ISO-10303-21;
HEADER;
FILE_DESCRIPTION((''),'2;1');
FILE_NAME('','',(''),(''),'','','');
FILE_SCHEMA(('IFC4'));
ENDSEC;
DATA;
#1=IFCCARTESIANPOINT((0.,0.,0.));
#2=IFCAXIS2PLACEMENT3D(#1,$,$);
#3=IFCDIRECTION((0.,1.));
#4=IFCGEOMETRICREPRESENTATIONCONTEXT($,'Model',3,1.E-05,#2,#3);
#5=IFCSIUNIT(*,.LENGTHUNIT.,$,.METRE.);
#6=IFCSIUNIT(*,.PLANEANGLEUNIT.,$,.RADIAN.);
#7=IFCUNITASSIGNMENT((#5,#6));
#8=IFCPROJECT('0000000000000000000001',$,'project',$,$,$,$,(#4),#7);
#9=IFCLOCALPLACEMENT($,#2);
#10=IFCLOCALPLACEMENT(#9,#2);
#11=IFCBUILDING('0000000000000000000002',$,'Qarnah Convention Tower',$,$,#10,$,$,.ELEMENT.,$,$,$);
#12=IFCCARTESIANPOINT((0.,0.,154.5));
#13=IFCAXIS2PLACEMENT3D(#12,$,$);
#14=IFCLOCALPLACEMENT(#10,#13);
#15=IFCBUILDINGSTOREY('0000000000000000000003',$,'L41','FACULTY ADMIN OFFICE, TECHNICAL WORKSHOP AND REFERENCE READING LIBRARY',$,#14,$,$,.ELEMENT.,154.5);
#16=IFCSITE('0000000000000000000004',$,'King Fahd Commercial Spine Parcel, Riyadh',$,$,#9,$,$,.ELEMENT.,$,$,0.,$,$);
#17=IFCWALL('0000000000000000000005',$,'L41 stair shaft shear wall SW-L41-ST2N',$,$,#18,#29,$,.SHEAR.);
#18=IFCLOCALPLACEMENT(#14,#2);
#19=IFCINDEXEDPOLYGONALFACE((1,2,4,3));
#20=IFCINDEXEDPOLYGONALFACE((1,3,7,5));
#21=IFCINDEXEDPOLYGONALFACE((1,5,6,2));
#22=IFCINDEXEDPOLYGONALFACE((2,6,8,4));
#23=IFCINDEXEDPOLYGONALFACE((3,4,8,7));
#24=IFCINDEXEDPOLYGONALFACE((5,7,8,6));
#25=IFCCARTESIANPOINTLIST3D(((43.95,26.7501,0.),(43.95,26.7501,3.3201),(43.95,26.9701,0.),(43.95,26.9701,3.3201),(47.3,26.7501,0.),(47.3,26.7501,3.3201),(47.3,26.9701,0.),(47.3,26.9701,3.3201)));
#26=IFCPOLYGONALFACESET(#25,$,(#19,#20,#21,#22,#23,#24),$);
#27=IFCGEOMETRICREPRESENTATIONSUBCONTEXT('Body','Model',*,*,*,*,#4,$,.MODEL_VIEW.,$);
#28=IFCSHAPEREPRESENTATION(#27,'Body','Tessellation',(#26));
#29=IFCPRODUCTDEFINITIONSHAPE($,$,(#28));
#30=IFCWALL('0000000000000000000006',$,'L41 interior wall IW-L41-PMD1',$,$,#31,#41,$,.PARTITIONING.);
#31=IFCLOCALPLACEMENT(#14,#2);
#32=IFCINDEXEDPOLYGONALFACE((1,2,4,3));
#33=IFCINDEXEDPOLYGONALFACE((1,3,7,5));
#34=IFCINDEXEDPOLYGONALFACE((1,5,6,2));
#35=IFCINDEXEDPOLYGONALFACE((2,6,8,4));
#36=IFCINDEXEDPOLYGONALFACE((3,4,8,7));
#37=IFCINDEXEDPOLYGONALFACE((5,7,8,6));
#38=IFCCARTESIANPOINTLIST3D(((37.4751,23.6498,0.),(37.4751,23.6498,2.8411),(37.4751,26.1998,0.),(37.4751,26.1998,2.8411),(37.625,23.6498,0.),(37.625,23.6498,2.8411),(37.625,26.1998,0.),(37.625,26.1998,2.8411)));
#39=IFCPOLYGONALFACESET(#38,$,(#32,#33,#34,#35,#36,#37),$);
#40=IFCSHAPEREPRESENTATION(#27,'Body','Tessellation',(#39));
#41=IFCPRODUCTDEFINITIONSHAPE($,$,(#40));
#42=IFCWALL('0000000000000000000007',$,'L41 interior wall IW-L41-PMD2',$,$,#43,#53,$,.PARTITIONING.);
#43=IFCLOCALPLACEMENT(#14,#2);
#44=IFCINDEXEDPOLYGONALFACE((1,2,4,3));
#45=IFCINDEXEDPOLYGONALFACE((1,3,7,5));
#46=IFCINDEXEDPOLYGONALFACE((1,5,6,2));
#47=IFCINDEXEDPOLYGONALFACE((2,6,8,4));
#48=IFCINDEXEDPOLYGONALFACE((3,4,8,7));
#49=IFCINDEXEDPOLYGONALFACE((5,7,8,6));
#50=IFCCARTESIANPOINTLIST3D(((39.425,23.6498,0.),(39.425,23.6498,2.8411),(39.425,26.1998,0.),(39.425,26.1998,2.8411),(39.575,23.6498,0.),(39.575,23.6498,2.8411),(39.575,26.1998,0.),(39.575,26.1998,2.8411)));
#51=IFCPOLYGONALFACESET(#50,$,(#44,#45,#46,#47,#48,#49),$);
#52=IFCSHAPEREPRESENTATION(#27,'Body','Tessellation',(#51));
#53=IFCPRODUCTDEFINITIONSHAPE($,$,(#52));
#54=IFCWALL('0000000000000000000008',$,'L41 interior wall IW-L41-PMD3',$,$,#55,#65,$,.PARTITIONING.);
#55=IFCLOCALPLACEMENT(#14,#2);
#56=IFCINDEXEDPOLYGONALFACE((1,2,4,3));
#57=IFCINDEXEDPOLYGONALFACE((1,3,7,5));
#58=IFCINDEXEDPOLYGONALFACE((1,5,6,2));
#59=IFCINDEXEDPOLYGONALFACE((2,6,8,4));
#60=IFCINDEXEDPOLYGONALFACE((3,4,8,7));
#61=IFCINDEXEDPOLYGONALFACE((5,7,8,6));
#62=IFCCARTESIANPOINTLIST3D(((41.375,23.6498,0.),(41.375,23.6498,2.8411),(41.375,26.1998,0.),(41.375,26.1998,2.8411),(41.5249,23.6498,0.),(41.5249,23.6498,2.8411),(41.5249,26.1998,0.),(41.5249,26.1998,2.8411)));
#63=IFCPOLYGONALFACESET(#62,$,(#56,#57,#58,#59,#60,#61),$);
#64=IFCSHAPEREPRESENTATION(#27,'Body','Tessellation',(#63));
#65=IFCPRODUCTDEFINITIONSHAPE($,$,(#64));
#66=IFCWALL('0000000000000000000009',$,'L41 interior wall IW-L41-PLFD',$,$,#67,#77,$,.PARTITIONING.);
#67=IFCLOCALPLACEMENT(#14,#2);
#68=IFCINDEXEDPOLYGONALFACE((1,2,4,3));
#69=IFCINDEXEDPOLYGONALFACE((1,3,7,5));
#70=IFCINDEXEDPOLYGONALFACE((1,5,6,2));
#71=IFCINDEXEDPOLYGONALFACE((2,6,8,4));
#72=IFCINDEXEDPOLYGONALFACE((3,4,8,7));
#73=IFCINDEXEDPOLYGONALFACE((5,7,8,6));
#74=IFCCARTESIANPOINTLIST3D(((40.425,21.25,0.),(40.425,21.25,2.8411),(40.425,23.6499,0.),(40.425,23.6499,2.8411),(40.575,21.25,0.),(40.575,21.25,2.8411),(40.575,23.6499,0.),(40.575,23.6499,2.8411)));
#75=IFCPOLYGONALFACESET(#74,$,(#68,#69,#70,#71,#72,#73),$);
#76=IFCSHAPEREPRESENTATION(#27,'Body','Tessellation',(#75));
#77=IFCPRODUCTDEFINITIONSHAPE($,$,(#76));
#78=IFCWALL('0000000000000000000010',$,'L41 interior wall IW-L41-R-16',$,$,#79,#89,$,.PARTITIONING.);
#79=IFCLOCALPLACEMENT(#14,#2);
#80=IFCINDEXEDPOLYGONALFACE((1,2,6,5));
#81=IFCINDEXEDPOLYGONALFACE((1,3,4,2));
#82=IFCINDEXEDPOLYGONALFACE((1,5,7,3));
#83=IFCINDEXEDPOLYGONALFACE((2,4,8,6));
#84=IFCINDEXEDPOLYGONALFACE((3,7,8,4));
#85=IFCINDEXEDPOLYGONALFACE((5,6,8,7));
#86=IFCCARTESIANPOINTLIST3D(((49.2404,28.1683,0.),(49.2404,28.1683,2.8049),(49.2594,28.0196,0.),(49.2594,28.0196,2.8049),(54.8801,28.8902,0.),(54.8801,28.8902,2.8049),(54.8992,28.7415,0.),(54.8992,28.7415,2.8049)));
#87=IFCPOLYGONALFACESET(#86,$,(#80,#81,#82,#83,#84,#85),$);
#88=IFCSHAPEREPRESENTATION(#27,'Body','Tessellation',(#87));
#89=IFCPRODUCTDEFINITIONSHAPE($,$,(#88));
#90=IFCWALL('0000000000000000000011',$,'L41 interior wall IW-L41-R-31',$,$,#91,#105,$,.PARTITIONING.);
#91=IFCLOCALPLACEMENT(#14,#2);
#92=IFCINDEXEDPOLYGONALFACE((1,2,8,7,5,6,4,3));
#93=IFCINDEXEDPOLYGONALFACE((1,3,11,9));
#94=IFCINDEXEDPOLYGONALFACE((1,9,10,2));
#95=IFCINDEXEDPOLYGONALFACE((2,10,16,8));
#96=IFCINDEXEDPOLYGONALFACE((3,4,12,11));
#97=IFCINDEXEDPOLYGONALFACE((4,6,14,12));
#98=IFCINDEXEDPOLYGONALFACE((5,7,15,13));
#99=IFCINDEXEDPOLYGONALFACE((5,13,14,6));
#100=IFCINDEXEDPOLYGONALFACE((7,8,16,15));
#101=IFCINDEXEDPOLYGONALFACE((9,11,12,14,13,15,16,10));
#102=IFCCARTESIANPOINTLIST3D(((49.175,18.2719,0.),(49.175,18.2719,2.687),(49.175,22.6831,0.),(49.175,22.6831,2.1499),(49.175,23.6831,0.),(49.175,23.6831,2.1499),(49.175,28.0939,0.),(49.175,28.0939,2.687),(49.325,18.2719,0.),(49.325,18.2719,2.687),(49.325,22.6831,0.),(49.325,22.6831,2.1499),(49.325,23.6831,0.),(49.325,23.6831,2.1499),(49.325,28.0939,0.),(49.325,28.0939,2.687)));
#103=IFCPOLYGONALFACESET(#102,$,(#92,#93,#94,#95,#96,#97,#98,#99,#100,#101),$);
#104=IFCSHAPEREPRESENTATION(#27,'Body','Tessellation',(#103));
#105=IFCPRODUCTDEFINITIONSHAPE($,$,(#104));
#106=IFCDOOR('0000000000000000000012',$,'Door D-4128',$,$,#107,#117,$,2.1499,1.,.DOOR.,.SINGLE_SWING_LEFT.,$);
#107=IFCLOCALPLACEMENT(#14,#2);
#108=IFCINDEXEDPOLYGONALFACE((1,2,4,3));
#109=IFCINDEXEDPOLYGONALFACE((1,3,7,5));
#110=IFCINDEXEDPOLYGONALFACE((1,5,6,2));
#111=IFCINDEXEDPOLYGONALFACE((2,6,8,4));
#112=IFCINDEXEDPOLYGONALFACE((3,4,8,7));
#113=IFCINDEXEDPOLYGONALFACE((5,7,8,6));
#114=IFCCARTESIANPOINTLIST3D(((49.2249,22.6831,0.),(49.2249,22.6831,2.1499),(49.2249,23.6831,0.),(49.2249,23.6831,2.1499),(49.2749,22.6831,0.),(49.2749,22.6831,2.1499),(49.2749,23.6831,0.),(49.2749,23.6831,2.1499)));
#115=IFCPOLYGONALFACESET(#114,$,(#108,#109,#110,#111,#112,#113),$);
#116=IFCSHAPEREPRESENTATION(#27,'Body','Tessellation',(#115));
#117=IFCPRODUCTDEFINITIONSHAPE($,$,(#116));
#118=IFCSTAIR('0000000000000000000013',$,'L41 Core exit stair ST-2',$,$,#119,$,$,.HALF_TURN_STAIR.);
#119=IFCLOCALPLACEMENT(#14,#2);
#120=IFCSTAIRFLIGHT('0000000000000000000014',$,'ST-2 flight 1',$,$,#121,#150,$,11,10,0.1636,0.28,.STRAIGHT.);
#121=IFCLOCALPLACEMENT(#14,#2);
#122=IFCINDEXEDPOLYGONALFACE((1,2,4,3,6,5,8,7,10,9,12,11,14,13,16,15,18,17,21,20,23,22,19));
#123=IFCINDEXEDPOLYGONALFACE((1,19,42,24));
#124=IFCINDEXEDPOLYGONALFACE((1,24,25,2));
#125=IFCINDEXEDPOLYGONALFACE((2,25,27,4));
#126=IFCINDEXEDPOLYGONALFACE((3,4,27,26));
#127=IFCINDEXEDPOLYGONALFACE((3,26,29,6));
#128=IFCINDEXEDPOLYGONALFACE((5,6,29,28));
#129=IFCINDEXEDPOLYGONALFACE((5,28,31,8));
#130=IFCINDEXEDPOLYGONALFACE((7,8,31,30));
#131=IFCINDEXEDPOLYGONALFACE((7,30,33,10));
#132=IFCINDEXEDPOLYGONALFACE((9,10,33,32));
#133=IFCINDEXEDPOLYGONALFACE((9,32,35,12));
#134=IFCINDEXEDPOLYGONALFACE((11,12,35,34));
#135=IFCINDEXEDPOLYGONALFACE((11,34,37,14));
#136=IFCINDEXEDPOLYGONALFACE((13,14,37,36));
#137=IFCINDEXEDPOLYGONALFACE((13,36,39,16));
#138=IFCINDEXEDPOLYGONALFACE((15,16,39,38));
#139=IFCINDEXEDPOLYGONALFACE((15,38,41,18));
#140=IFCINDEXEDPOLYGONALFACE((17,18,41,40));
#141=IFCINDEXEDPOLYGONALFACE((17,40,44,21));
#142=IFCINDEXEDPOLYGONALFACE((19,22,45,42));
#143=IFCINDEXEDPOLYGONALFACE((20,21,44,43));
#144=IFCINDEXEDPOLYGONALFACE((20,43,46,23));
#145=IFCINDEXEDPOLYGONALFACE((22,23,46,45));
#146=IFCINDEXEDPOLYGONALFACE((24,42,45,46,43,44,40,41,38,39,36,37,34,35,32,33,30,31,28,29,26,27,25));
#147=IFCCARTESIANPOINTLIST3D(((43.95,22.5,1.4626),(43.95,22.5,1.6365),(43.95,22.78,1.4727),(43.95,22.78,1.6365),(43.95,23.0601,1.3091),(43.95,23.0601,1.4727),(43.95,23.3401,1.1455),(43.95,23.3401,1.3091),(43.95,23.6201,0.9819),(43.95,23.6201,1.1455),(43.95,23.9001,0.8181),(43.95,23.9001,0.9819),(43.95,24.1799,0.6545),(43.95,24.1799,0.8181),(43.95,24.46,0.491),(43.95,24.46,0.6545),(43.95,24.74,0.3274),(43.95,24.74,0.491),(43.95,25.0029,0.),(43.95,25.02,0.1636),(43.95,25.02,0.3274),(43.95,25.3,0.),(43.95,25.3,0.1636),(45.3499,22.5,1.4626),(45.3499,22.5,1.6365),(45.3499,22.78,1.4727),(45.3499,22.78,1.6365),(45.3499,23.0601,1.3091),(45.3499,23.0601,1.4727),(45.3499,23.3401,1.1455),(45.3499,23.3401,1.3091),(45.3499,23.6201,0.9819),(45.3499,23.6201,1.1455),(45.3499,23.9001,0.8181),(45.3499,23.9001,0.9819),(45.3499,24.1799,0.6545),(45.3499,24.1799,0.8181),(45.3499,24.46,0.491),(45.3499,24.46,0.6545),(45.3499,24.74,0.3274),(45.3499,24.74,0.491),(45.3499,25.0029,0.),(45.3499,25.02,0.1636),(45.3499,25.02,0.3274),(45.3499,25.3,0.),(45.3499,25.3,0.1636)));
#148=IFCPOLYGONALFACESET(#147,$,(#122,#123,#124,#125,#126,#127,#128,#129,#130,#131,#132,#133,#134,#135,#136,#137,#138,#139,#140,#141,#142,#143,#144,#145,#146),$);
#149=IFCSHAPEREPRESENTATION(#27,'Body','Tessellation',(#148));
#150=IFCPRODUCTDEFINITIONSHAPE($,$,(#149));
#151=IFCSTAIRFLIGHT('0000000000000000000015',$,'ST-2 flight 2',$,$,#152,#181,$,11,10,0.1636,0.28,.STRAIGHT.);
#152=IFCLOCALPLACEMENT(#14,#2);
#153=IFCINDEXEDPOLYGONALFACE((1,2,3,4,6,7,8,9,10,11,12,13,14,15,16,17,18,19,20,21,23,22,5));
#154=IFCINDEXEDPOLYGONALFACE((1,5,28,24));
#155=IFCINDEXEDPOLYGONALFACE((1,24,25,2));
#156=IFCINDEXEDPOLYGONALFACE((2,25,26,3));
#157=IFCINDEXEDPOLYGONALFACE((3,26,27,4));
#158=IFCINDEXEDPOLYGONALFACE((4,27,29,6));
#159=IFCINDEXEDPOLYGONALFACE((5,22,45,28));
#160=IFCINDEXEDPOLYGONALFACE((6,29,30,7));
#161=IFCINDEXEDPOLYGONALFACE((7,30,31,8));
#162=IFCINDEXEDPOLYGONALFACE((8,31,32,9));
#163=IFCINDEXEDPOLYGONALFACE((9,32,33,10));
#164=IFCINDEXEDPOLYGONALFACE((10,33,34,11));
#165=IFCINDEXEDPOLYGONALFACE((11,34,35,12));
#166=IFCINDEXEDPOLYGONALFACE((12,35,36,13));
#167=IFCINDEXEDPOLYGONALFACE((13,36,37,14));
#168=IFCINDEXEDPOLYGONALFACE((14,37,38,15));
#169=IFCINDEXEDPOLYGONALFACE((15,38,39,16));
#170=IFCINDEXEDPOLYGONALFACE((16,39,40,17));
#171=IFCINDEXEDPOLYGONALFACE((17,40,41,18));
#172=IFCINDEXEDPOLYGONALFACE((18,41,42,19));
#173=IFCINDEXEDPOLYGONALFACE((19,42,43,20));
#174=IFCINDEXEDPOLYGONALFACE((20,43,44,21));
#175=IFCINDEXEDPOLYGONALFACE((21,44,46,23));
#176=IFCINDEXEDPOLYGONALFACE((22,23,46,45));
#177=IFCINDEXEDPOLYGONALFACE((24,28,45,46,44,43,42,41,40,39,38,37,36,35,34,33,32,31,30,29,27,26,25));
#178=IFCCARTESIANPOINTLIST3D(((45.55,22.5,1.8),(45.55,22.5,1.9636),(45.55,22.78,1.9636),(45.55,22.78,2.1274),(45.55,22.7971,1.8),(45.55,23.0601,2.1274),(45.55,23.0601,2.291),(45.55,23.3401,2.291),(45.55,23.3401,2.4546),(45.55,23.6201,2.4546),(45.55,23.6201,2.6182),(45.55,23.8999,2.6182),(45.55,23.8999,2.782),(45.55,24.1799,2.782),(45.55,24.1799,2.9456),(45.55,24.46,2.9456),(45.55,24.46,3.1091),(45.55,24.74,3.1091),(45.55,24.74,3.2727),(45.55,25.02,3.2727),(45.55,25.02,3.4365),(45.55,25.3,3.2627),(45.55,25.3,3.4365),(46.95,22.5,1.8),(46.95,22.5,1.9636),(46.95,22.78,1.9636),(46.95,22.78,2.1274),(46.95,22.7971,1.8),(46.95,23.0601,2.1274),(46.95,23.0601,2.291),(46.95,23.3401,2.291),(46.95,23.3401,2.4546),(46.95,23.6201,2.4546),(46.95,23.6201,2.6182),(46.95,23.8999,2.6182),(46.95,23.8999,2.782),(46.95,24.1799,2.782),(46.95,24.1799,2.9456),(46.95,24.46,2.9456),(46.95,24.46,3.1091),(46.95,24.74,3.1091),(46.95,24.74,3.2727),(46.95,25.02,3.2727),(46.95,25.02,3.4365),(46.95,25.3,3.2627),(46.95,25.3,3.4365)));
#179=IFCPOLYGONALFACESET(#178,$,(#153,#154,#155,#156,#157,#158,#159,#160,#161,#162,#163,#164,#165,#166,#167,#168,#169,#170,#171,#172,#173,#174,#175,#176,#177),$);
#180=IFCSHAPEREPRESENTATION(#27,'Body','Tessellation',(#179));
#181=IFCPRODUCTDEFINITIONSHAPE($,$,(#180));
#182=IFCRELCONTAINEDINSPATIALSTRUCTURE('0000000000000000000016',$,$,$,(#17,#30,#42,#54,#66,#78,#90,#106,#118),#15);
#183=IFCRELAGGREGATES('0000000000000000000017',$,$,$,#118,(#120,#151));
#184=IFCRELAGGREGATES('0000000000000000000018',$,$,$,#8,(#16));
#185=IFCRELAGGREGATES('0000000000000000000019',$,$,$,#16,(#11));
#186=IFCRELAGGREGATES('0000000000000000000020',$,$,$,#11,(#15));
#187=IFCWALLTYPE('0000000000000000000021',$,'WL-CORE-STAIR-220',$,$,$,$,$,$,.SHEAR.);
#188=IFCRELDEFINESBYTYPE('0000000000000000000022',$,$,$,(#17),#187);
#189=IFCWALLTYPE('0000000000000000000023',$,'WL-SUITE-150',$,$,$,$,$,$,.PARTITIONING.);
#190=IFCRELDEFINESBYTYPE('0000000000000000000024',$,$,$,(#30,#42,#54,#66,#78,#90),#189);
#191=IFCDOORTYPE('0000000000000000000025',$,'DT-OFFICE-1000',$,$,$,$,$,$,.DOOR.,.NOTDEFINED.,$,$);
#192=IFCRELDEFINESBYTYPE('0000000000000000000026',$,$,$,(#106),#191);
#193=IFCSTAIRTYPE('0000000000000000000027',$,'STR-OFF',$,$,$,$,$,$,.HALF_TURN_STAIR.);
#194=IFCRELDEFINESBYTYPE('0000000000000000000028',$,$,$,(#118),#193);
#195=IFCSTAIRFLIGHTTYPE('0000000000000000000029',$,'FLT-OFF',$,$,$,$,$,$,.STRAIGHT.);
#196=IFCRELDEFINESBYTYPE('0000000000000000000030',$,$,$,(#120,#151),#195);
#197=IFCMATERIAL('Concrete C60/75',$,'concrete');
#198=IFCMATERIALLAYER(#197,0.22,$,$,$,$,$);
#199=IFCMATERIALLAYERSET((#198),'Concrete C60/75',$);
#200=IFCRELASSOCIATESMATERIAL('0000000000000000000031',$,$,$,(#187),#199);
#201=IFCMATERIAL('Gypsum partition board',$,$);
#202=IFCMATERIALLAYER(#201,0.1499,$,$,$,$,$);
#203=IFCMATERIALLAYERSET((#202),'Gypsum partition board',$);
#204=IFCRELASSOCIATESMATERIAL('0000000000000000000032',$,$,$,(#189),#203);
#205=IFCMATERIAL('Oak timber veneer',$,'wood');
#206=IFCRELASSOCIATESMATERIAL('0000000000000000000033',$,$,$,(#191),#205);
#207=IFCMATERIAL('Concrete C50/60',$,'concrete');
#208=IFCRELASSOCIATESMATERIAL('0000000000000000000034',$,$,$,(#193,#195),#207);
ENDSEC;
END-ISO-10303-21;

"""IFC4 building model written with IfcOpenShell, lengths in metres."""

from ifc_helpers import new_model, si_unit, direction, frame, frame_2d, origin, place, context, subcontext, project, spatial, polyline, rectangle, outline, extrude, material, layer, layer_set, type_object, element, fill, aggregate, save


model = new_model("IFC4")

# Units and contexts
model_context = context("Model", 3, precision=1e-05, world=origin(), true_north=direction((0.0, 1.0)))
body_context = subcontext(model_context, "Body", "Model", "MODEL_VIEW")
ifc_project = project(units=[si_unit("LENGTHUNIT", "METRE"), si_unit("PLANEANGLEUNIT", "RADIAN")], contexts=[model_context])

# Site, building, storey
site_placement = place(None, origin())
site = spatial("IfcSite", under=ifc_project, at=site_placement, Name="King Fahd Commercial Spine Parcel, Riyadh", CompositionType="ELEMENT", RefElevation=0.0)
building_placement = place(site_placement, origin())
building = spatial("IfcBuilding", under=site, at=building_placement, Name="Qarnah Convention Tower", CompositionType="ELEMENT")
storey_placement = place(building_placement, frame((0.0, 0.0, 154.5)))
storey = spatial("IfcBuildingStorey", under=building, at=storey_placement, Name="L41", Description="FACULTY ADMIN OFFICE, TECHNICAL WORKSHOP AND REFERENCE READING LIBRARY", CompositionType="ELEMENT", Elevation=154.5)

# Shared definitions
ifc_material_1 = material(Name="Concrete C60/75", Category="concrete")

# Walls
ifc_layer_1 = layer(ifc_material_1, 0.22)
ifc_layer_set_1 = layer_set([ifc_layer_1], Name="Concrete C60/75")
wall_type_1 = type_object("IfcWallType", Name="WL-CORE-STAIR-220", PredefinedType="SHEAR", material=ifc_layer_set_1)
wall_1_placement = place(storey_placement, frame((43.95, 26.8601, 0.0), z_axis=(0.0, 0.0, 1.0), x_axis=(1.0, 0.0, 0.0)))
element("IfcWall", 1, at=wall_1_placement, inside=storey, type_object=wall_type_1, Name="L41 stair shaft shear wall SW-L41-ST2N", PredefinedType="SHEAR", context=body_context, shape_type="SweptSolid", body=[
    extrude(rectangle(XDim=3.3501, YDim=0.22, at=frame_2d((1.675, 0.0))), origin(), (0.0, 0.0, 1.0), 3.3201),
])
ifc_material_2 = material(Name="Gypsum partition board")
ifc_layer_2 = layer(ifc_material_2, 0.1499)
ifc_layer_set_2 = layer_set([ifc_layer_2], Name="Gypsum partition board")
wall_type_2 = type_object("IfcWallType", Name="WL-SUITE-150", PredefinedType="PARTITIONING", material=ifc_layer_set_2)
for number, where, z_axis, x_axis, name in (
    (2, (37.55, 23.6499, 0.0), (0.0, 0.0, 1.0), (0.0, 1.0, 0.0), "L41 interior wall IW-L41-PMD1"),
    (3, (39.5, 23.6499, 0.0), (0.0, 0.0, 1.0), (0.0, 1.0, 0.0), "L41 interior wall IW-L41-PMD2"),
    (4, (41.45, 23.6499, 0.0), (0.0, 0.0, 1.0), (0.0, 1.0, 0.0), "L41 interior wall IW-L41-PMD3"),
):
    element("IfcWall", number, at=place(storey_placement, frame(where, z_axis=z_axis, x_axis=x_axis)), inside=storey, type_object=wall_type_2, Name=name, PredefinedType="PARTITIONING", context=body_context, shape_type="SweptSolid", body=[
        extrude(rectangle(XDim=2.55, YDim=0.1499, at=frame_2d((1.2749, 0.0))), origin(), (0.0, 0.0, 1.0), 2.8411),
    ])
wall_2_placement = place(storey_placement, frame((40.5, 21.25, 0.0), z_axis=(0.0, 0.0, 1.0), x_axis=(0.0, 1.0, 0.0)))
element("IfcWall", 5, at=wall_2_placement, inside=storey, type_object=wall_type_2, Name="L41 interior wall IW-L41-PLFD", PredefinedType="PARTITIONING", context=body_context, shape_type="SweptSolid", body=[
    extrude(rectangle(XDim=2.3999, YDim=0.1499, at=frame_2d((1.2, 0.0))), origin(), (0.0, 0.0, 1.0), 2.8411),
])
wall_3_placement = place(storey_placement, frame((49.25, 28.094, 0.0), z_axis=(0.0, 0.0, 1.0), x_axis=(0.991907, 0.126967, 0.0)))
element("IfcWall", 6, at=wall_3_placement, inside=storey, type_object=wall_type_2, Name="L41 interior wall IW-L41-R-16", PredefinedType="PARTITIONING", context=body_context, shape_type="SweptSolid", body=[
    extrude(rectangle(XDim=5.6858, YDim=0.1499, at=frame_2d((2.8428, 0.0))), origin(), (0.0, 0.0, 1.0), 2.8049),
])

# Wall, opening, door
wall_4_placement = place(storey_placement, frame((49.25, 28.094, 0.0), z_axis=(0.0, 0.0, 1.0), x_axis=(0.0, -1.0, 0.0)))
wall_4 = element("IfcWall", 7, at=wall_4_placement, inside=storey, type_object=wall_type_2, Name="L41 interior wall IW-L41-R-31", PredefinedType="PARTITIONING", context=body_context, shape_type="SweptSolid", body=[
    extrude(rectangle(XDim=9.822, YDim=0.1499, at=frame_2d((4.9111, 0.0))), origin(), (0.0, 0.0, 1.0), 2.687),
])
opening_placement = place(wall_4_placement, frame((4.4109, 0.0, 0.0)))
opening = element("IfcOpeningElement", 8, at=opening_placement, cuts=wall_4, PredefinedType="OPENING", context=body_context, shape_type="SweptSolid", body=[
    extrude(rectangle(XDim=1.0, YDim=2.1499, at=frame_2d((0.5, 1.075))), frame((0.0, 0.085, 0.0), z_axis=(0.0, -1.0, 0.0), x_axis=(1.0, 0.0, 0.0)), (0.0, 0.0, 1.0), 0.1699),
])
ifc_material_3 = material(Name="Oak timber veneer", Category="wood")
door_type = type_object("IfcDoorType", Name="DT-OFFICE-1000", OperationType="NOTDEFINED", PredefinedType="DOOR", material=ifc_material_3)
door_placement = place(opening_placement, origin())
door = element("IfcDoor", 9, at=door_placement, inside=storey, type_object=door_type, Name="Door D-4128", OperationType="SINGLE_SWING_LEFT", OverallHeight=2.1499, OverallWidth=1.0, PredefinedType="DOOR", context=body_context, shape_type="SweptSolid", body=[
    extrude(rectangle(XDim=1.0, YDim=2.1499, at=frame_2d((0.5, 1.075))), frame((0.0, 0.0249, 0.0), z_axis=(0.0, -1.0, 0.0), x_axis=(1.0, 0.0, 0.0)), (0.0, 0.0, 1.0), 0.05),
])
fill(opening, door)

# Stair, stair flights
ifc_material_4 = material(Name="Concrete C50/60", Category="concrete")
stair_type = type_object("IfcStairType", Name="STR-OFF", PredefinedType="HALF_TURN_STAIR", material=ifc_material_4)
stair_placement = place(storey_placement, origin())
stair = element("IfcStair", 10, at=stair_placement, inside=storey, type_object=stair_type, Name="L41 Core exit stair ST-2", PredefinedType="HALF_TURN_STAIR")
stair_flight_type = type_object("IfcStairFlightType", Name="FLT-OFF", PredefinedType="STRAIGHT", material=ifc_material_4)
stair_flight_1_placement = place(storey_placement, frame((44.6499, 25.3, 0.0), z_axis=(0.0, 0.0, 1.0), x_axis=(0.0, -1.0, 0.0)))
stair_flight_1 = element("IfcStairFlight", 11, at=stair_flight_1_placement, type_object=stair_flight_type, Name="ST-2 flight 1", NumberOfRisers=11, NumberOfTreads=10, PredefinedType="STRAIGHT", RiserHeight=0.1636, TreadLength=0.28, context=body_context, shape_type="SweptSolid", body=[
    extrude(outline(polyline([(0.0, 0.0), (0.0, 0.1636), (0.28, 0.1636), (0.28, 0.3274), (0.5601, 0.3274), (0.5601, 0.491), (0.8401, 0.491), (0.8401, 0.6545), (1.1201, 0.6545), (1.1201, 0.8181), (1.3999, 0.8181), (1.3999, 0.9819), (1.6799, 0.9819), (1.6799, 1.1455), (1.96, 1.1455), (1.96, 1.3091), (2.24, 1.3091), (2.24, 1.4727), (2.52, 1.4727), (2.52, 1.6365), (2.8, 1.6365), (2.8, 1.8), (2.8, 1.4626), (0.2971, 0.0), (0.0, 0.0)])), frame((0.0, 0.7, 0.0), z_axis=(0.0, -1.0, 0.0), x_axis=(1.0, 0.0, 0.0)), (0.0, 0.0, 1.0), 1.3999),
])
stair_flight_2_placement = place(storey_placement, frame((46.25, 22.5, 1.8), z_axis=(0.0, 0.0, 1.0), x_axis=(0.0, 1.0, 0.0)))
stair_flight_2 = element("IfcStairFlight", 12, at=stair_flight_2_placement, type_object=stair_flight_type, Name="ST-2 flight 2", NumberOfRisers=11, NumberOfTreads=10, PredefinedType="STRAIGHT", RiserHeight=0.1636, TreadLength=0.28, context=body_context, shape_type="SweptSolid", body=[
    extrude(outline(polyline([(0.0, 0.0), (0.0, 0.1636), (0.28, 0.1636), (0.28, 0.3274), (0.5601, 0.3274), (0.5601, 0.491), (0.8401, 0.491), (0.8401, 0.6545), (1.1201, 0.6545), (1.1201, 0.8181), (1.3999, 0.8181), (1.3999, 0.9819), (1.6799, 0.9819), (1.6799, 1.1455), (1.96, 1.1455), (1.96, 1.3091), (2.24, 1.3091), (2.24, 1.4727), (2.52, 1.4727), (2.52, 1.6365), (2.8, 1.6365), (2.8, 1.8), (2.8, 1.4626), (0.2971, 0.0), (0.0, 0.0)])), frame((0.0, 0.7, 0.0), z_axis=(0.0, -1.0, 0.0), x_axis=(1.0, 0.0, 0.0)), (0.0, 0.0, 1.0), 1.3999),
])
aggregate(stair, [stair_flight_1, stair_flight_2])

save(model, "model.ifc")
